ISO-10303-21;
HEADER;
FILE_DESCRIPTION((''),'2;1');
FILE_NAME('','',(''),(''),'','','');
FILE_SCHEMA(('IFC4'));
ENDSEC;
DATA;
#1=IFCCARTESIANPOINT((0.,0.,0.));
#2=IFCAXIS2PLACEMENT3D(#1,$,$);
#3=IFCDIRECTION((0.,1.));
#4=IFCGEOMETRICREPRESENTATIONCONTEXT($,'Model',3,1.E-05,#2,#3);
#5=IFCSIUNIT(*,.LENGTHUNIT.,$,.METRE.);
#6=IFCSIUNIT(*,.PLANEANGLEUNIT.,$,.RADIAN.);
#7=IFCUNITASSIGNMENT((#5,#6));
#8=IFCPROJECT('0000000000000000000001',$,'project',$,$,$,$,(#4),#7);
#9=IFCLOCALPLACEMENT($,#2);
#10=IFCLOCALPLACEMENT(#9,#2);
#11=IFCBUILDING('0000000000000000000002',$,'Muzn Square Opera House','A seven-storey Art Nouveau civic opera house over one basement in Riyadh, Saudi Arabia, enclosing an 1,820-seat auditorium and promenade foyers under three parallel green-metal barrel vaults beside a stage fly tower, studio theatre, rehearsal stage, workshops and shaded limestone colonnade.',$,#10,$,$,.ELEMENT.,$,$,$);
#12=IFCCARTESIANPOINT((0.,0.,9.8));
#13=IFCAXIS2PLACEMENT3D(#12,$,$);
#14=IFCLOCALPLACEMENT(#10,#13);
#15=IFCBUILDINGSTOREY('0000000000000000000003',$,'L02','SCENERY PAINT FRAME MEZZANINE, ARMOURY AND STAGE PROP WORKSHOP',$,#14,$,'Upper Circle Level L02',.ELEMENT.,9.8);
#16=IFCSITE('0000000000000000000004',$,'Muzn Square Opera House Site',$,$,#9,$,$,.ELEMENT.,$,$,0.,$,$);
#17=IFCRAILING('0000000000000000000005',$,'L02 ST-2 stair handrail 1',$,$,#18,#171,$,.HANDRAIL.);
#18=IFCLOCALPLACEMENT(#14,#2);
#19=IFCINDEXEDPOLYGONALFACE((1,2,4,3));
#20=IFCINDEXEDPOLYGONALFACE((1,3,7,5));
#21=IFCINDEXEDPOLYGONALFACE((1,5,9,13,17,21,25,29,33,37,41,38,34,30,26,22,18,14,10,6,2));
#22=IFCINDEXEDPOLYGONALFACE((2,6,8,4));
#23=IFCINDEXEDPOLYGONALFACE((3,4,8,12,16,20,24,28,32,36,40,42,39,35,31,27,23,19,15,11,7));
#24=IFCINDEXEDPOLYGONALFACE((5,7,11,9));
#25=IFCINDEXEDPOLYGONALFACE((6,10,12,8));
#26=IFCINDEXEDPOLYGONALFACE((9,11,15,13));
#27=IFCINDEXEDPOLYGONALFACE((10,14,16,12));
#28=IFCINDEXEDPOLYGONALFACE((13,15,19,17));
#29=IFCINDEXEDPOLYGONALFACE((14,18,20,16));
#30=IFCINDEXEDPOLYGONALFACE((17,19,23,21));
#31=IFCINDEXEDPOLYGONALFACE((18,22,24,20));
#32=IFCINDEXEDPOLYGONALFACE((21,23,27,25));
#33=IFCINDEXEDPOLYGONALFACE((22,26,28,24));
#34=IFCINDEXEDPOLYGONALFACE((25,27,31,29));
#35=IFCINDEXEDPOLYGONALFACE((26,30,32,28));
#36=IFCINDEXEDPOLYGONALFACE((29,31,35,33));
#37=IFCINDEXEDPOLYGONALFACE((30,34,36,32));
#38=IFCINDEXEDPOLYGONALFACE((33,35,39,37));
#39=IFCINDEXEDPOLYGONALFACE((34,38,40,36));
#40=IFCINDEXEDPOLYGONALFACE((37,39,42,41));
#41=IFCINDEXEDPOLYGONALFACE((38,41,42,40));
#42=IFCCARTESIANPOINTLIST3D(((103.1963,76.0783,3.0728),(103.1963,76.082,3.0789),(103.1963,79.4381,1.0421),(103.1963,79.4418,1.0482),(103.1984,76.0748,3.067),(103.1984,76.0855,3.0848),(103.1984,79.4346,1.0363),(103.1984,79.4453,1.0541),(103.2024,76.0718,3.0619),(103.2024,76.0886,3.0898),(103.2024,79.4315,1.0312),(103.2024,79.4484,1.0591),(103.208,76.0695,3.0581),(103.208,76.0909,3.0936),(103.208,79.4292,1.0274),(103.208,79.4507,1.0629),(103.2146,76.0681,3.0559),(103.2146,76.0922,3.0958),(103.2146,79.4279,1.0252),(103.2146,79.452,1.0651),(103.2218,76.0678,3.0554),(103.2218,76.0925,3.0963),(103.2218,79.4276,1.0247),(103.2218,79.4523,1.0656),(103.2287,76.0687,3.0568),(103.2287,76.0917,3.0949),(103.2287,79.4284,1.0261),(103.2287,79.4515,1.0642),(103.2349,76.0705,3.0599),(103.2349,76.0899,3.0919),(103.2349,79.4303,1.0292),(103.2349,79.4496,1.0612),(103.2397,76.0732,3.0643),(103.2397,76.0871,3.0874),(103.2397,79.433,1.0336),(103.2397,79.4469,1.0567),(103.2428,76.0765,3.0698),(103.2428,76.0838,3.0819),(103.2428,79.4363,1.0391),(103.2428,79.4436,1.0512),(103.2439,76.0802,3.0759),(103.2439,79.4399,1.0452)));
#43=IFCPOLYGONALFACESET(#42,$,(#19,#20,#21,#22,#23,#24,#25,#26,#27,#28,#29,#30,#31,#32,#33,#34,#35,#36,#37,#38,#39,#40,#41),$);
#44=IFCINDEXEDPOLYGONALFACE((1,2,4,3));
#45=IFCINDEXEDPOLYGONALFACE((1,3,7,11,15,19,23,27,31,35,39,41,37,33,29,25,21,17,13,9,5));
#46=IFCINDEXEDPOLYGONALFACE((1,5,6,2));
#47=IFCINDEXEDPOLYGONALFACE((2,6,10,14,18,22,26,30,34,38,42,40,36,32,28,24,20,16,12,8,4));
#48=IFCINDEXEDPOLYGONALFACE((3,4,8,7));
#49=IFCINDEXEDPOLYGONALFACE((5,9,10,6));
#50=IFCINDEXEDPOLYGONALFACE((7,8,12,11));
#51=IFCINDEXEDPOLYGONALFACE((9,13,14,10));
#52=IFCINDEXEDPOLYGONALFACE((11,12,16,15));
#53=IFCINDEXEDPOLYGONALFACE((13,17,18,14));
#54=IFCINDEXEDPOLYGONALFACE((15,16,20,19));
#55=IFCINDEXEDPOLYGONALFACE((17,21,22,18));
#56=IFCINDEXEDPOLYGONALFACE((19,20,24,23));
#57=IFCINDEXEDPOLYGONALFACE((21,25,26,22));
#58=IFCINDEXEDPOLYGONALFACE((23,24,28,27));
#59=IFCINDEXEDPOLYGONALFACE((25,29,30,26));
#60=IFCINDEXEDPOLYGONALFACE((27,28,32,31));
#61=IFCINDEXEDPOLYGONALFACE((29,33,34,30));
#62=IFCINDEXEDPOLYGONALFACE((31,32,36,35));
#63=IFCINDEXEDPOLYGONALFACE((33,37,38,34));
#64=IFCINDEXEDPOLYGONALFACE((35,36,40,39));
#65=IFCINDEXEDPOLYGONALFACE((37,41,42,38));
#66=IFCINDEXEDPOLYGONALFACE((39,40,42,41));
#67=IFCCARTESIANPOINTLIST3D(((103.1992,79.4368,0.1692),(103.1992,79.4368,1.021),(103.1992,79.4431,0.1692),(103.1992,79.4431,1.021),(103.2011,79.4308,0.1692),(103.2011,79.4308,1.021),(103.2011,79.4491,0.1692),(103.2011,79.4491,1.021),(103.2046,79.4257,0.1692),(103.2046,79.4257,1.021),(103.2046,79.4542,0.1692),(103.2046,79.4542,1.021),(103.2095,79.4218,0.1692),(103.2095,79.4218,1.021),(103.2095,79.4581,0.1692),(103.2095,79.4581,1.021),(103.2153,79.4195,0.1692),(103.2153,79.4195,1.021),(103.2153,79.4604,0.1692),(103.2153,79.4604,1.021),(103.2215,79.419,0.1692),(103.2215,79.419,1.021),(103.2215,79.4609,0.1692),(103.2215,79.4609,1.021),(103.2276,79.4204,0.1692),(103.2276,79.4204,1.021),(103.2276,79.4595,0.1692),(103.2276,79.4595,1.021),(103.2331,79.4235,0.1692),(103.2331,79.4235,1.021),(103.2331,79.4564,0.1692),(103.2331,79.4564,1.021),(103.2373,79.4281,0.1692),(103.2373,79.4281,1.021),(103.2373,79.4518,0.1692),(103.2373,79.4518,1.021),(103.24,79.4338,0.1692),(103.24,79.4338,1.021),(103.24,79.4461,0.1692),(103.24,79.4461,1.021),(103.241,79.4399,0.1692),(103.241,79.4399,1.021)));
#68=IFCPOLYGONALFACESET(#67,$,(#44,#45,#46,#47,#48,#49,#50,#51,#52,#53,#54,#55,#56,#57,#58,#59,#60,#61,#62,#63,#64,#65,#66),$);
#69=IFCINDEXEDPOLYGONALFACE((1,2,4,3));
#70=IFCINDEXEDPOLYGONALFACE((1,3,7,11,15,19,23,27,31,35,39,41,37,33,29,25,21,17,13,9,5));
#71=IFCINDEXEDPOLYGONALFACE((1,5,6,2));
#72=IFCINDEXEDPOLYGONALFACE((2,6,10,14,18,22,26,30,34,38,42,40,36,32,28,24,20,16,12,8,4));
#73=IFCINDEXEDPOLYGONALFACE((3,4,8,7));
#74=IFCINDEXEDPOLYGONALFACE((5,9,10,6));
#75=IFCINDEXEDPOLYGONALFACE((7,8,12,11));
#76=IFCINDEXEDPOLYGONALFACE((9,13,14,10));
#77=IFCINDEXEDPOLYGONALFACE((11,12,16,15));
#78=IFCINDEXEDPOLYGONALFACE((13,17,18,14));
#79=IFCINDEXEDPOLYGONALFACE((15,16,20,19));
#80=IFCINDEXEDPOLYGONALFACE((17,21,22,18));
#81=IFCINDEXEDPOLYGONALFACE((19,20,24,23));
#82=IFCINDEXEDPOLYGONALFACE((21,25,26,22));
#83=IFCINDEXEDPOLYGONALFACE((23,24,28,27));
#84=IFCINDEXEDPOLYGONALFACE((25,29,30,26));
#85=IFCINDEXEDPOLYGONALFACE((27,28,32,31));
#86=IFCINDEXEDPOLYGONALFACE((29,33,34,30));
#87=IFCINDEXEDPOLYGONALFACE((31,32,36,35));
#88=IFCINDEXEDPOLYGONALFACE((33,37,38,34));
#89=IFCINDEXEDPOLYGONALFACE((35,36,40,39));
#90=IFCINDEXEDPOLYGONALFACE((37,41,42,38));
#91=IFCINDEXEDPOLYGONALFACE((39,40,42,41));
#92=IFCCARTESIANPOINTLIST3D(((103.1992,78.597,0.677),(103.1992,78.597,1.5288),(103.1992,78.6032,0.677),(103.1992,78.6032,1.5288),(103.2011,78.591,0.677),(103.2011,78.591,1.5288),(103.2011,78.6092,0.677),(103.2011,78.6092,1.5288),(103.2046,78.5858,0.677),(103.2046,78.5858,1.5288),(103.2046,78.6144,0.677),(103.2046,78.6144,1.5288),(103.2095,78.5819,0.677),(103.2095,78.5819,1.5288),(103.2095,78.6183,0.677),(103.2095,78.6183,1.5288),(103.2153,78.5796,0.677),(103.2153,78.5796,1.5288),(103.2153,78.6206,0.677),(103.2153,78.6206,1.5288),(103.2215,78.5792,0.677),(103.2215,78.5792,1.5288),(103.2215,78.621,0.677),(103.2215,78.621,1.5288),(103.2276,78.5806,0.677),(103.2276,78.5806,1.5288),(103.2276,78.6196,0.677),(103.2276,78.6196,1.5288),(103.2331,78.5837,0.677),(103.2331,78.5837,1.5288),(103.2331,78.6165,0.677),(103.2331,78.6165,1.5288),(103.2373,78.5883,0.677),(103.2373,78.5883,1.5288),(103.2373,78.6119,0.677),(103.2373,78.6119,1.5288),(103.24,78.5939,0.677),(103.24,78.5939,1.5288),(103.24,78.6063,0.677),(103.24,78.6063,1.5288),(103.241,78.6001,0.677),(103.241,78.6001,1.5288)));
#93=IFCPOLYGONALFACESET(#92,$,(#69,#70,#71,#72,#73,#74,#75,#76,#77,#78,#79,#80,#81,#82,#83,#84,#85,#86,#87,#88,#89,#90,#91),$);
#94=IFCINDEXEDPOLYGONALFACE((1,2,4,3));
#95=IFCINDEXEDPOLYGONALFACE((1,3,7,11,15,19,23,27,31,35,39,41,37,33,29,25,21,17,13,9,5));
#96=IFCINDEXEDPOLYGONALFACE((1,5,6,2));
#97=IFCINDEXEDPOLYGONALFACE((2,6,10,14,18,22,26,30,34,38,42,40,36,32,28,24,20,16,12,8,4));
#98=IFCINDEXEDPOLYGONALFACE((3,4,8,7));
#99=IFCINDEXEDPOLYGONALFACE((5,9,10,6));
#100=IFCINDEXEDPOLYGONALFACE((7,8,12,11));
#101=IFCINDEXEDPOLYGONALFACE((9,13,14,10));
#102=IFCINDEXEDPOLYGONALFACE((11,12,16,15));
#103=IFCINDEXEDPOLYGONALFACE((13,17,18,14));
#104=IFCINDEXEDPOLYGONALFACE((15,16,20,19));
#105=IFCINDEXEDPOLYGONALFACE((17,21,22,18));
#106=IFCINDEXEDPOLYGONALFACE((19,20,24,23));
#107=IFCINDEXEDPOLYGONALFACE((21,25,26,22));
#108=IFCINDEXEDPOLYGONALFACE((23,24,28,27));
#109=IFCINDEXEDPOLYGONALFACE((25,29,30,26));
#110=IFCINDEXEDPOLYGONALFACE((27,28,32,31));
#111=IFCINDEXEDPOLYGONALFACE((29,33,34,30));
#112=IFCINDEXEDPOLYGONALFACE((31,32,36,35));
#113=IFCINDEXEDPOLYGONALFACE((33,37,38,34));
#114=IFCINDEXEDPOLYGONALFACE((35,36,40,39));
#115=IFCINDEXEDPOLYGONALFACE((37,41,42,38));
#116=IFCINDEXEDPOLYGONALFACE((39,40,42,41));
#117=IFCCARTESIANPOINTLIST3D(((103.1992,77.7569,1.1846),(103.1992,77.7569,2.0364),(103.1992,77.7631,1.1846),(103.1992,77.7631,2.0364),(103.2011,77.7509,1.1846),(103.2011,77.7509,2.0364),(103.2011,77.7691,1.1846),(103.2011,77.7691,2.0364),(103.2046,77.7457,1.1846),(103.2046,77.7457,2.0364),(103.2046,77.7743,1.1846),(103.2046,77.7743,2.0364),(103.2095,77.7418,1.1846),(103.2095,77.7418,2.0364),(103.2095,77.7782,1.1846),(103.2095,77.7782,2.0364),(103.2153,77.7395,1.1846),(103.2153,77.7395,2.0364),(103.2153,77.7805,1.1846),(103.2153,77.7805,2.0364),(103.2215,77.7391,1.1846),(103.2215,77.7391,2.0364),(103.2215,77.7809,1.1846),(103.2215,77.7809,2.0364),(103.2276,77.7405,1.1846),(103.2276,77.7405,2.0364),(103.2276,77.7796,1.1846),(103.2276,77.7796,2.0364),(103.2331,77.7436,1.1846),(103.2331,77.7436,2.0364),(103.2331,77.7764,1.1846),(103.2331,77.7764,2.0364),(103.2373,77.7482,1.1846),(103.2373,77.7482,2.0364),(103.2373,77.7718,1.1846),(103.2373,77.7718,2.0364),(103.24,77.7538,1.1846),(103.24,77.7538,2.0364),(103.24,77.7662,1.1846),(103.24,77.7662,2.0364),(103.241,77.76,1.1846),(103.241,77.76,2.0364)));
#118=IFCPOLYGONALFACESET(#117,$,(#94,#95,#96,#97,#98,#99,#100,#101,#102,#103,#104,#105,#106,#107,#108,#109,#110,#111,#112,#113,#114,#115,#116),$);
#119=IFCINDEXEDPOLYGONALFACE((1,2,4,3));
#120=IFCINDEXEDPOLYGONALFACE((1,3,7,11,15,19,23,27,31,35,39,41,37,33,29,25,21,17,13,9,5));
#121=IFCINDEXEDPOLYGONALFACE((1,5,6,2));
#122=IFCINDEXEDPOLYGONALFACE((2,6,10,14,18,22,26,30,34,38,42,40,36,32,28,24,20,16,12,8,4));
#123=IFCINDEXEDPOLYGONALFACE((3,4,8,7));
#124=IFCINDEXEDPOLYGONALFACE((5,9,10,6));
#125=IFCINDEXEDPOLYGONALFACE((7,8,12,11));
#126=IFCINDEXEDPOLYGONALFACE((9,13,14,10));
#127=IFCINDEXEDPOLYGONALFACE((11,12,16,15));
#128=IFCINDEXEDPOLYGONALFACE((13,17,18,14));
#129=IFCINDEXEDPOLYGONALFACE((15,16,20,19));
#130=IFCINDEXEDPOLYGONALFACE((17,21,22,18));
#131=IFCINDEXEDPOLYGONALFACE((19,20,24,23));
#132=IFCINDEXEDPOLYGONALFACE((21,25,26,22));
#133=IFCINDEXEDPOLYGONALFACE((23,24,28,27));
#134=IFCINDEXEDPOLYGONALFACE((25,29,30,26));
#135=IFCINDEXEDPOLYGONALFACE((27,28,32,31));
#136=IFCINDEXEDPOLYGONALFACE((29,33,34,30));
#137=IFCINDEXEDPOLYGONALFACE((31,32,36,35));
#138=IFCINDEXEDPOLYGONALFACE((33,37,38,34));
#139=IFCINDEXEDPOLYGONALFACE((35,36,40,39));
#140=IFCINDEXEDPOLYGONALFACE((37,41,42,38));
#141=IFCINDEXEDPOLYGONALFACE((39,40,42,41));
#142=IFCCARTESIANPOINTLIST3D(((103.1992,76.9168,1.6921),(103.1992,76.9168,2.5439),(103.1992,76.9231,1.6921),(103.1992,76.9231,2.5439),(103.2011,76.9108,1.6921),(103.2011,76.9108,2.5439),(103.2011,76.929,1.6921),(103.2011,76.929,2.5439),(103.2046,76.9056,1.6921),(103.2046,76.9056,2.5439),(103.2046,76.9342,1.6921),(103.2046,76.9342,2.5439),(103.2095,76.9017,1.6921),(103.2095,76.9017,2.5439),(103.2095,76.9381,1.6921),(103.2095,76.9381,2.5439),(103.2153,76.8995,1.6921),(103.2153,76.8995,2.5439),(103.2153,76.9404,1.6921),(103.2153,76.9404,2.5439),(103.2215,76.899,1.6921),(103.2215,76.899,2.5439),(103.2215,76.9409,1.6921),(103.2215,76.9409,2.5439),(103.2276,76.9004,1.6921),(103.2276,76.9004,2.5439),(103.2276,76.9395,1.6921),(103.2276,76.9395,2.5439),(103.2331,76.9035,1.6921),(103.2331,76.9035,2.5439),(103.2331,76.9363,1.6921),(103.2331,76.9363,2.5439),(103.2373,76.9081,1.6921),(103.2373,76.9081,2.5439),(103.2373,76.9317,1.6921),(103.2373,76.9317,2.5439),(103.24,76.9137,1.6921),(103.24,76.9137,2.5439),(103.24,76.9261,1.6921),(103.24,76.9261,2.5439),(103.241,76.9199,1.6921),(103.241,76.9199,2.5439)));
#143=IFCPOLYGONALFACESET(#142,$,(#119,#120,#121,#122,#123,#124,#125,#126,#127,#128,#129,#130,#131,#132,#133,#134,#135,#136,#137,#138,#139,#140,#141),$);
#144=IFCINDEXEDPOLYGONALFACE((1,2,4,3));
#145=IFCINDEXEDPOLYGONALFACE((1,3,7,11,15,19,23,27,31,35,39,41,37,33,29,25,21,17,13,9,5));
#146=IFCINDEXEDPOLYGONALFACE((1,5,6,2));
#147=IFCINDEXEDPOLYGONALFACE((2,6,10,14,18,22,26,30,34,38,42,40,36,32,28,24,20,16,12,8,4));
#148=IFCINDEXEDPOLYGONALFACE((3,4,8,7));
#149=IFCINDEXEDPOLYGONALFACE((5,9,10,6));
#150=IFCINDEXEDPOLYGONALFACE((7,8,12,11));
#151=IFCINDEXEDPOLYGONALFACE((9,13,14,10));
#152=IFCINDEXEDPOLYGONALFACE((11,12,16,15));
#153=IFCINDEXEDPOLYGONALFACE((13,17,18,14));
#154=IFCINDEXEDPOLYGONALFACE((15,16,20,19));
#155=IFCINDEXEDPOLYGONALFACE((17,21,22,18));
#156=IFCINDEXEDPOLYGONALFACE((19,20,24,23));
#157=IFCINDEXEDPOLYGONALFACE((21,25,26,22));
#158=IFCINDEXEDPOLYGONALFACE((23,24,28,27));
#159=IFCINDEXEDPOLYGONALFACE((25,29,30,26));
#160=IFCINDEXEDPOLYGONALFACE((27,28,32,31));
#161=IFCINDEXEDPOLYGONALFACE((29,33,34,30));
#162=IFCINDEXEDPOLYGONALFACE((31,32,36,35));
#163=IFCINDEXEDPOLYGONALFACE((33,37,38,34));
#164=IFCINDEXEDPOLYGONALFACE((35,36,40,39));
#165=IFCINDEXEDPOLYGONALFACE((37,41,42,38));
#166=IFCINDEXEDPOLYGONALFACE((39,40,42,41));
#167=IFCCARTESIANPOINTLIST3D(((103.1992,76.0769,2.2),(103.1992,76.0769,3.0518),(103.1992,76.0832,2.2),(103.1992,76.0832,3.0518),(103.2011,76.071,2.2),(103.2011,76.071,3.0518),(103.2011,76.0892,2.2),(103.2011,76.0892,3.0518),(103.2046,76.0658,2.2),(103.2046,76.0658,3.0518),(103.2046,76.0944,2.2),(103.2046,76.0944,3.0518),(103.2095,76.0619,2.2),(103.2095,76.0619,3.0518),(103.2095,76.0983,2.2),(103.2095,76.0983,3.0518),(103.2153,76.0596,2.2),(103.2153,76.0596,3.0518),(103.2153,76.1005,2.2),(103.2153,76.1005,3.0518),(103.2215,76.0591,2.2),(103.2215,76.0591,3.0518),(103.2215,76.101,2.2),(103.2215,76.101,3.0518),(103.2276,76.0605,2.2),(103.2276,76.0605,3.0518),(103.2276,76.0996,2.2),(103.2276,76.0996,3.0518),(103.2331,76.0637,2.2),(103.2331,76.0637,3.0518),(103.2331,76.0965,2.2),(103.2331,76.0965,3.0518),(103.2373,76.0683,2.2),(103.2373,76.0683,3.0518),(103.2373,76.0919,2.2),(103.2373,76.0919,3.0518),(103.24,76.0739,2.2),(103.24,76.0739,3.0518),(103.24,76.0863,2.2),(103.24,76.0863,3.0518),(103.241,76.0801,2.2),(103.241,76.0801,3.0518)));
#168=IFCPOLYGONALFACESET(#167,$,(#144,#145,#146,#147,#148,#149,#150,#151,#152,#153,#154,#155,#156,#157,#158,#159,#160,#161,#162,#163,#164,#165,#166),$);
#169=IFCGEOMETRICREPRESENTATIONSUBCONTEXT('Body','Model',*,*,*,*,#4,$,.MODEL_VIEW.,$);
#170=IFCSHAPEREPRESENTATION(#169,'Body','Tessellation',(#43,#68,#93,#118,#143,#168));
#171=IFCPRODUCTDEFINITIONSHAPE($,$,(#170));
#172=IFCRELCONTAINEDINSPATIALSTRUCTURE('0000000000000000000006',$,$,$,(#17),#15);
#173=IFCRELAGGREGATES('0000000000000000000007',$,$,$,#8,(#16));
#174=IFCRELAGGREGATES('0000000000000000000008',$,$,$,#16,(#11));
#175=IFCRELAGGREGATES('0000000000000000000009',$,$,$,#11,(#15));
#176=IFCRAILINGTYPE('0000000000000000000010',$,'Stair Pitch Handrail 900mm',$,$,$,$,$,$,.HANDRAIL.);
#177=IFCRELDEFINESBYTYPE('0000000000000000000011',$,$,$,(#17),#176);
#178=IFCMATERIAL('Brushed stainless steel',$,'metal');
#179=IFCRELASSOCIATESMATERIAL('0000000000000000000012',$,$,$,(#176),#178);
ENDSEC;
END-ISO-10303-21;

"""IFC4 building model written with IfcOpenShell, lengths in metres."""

from ifc_helpers import new_model, si_unit, direction, frame, origin, origin_2d, place, context, subcontext, project, spatial, circle, extrude, material, type_object, element, save


model = new_model("IFC4")

# Units and contexts
model_context = context("Model", 3, precision=1e-05, world=origin(), true_north=direction((0.0, 1.0)))
body_context = subcontext(model_context, "Body", "Model", "MODEL_VIEW")
ifc_project = project(units=[si_unit("LENGTHUNIT", "METRE"), si_unit("PLANEANGLEUNIT", "RADIAN")], contexts=[model_context])

# Site, building, storey
site_placement = place(None, origin())
site = spatial("IfcSite", under=ifc_project, at=site_placement, Name="Muzn Square Opera House Site", CompositionType="ELEMENT", RefElevation=0.0)
building_placement = place(site_placement, origin())
building = spatial("IfcBuilding", under=site, at=building_placement, Name="Muzn Square Opera House", Description="A seven-storey Art Nouveau civic opera house over one basement in Riyadh, Saudi Arabia, enclosing an 1,820-seat auditorium and promenade foyers under three parallel green-metal barrel vaults beside a stage fly tower, studio theatre, rehearsal stage, workshops and shaded limestone colonnade.", CompositionType="ELEMENT")
storey_placement = place(building_placement, frame((0.0, 0.0, 9.8)))
storey = spatial("IfcBuildingStorey", under=building, at=storey_placement, Name="L02", Description="SCENERY PAINT FRAME MEZZANINE, ARMOURY AND STAGE PROP WORKSHOP", LongName="Upper Circle Level L02", CompositionType="ELEMENT", Elevation=9.8)

# Railing
ifc_material_1 = material(Name="Brushed stainless steel", Category="metal")
railing_type_1 = type_object("IfcRailingType", Name="Stair Pitch Handrail 900mm", PredefinedType="HANDRAIL", material=ifc_material_1)
railing_1_placement = place(storey_placement, frame((103.22, 79.4399, 0.1692)))
element("IfcRailing", 1, at=railing_1_placement, inside=storey, type_object=railing_type_1, Name="L02 ST-2 stair handrail 1", PredefinedType="HANDRAIL", context=body_context, shape_type="SweptSolid", body=[
    extrude(circle(Radius=0.0239, at=origin_2d()), frame((0.0, 0.0, 0.876), z_axis=(0.0, -0.85582, 0.517273), x_axis=(1.0, 0.0, 0.0)), (0.0, 0.0, 1.0), 3.9258),
    extrude(circle(Radius=0.021, at=origin_2d()), origin(), (0.0, 0.0, 1.0), 0.8518),
    extrude(circle(Radius=0.021, at=origin_2d()), frame((0.0, -0.8398, 0.5078)), (0.0, 0.0, 1.0), 0.8518),
    extrude(circle(Radius=0.021, at=origin_2d()), frame((0.0, -1.6799, 1.0154)), (0.0, 0.0, 1.0), 0.8518),
    extrude(circle(Radius=0.021, at=origin_2d()), frame((0.0, -2.52, 1.5229)), (0.0, 0.0, 1.0), 0.8518),
    extrude(circle(Radius=0.021, at=origin_2d()), frame((0.0, -3.3599, 2.0308)), (0.0, 0.0, 1.0), 0.8518),
])

save(model, "model.ifc")
